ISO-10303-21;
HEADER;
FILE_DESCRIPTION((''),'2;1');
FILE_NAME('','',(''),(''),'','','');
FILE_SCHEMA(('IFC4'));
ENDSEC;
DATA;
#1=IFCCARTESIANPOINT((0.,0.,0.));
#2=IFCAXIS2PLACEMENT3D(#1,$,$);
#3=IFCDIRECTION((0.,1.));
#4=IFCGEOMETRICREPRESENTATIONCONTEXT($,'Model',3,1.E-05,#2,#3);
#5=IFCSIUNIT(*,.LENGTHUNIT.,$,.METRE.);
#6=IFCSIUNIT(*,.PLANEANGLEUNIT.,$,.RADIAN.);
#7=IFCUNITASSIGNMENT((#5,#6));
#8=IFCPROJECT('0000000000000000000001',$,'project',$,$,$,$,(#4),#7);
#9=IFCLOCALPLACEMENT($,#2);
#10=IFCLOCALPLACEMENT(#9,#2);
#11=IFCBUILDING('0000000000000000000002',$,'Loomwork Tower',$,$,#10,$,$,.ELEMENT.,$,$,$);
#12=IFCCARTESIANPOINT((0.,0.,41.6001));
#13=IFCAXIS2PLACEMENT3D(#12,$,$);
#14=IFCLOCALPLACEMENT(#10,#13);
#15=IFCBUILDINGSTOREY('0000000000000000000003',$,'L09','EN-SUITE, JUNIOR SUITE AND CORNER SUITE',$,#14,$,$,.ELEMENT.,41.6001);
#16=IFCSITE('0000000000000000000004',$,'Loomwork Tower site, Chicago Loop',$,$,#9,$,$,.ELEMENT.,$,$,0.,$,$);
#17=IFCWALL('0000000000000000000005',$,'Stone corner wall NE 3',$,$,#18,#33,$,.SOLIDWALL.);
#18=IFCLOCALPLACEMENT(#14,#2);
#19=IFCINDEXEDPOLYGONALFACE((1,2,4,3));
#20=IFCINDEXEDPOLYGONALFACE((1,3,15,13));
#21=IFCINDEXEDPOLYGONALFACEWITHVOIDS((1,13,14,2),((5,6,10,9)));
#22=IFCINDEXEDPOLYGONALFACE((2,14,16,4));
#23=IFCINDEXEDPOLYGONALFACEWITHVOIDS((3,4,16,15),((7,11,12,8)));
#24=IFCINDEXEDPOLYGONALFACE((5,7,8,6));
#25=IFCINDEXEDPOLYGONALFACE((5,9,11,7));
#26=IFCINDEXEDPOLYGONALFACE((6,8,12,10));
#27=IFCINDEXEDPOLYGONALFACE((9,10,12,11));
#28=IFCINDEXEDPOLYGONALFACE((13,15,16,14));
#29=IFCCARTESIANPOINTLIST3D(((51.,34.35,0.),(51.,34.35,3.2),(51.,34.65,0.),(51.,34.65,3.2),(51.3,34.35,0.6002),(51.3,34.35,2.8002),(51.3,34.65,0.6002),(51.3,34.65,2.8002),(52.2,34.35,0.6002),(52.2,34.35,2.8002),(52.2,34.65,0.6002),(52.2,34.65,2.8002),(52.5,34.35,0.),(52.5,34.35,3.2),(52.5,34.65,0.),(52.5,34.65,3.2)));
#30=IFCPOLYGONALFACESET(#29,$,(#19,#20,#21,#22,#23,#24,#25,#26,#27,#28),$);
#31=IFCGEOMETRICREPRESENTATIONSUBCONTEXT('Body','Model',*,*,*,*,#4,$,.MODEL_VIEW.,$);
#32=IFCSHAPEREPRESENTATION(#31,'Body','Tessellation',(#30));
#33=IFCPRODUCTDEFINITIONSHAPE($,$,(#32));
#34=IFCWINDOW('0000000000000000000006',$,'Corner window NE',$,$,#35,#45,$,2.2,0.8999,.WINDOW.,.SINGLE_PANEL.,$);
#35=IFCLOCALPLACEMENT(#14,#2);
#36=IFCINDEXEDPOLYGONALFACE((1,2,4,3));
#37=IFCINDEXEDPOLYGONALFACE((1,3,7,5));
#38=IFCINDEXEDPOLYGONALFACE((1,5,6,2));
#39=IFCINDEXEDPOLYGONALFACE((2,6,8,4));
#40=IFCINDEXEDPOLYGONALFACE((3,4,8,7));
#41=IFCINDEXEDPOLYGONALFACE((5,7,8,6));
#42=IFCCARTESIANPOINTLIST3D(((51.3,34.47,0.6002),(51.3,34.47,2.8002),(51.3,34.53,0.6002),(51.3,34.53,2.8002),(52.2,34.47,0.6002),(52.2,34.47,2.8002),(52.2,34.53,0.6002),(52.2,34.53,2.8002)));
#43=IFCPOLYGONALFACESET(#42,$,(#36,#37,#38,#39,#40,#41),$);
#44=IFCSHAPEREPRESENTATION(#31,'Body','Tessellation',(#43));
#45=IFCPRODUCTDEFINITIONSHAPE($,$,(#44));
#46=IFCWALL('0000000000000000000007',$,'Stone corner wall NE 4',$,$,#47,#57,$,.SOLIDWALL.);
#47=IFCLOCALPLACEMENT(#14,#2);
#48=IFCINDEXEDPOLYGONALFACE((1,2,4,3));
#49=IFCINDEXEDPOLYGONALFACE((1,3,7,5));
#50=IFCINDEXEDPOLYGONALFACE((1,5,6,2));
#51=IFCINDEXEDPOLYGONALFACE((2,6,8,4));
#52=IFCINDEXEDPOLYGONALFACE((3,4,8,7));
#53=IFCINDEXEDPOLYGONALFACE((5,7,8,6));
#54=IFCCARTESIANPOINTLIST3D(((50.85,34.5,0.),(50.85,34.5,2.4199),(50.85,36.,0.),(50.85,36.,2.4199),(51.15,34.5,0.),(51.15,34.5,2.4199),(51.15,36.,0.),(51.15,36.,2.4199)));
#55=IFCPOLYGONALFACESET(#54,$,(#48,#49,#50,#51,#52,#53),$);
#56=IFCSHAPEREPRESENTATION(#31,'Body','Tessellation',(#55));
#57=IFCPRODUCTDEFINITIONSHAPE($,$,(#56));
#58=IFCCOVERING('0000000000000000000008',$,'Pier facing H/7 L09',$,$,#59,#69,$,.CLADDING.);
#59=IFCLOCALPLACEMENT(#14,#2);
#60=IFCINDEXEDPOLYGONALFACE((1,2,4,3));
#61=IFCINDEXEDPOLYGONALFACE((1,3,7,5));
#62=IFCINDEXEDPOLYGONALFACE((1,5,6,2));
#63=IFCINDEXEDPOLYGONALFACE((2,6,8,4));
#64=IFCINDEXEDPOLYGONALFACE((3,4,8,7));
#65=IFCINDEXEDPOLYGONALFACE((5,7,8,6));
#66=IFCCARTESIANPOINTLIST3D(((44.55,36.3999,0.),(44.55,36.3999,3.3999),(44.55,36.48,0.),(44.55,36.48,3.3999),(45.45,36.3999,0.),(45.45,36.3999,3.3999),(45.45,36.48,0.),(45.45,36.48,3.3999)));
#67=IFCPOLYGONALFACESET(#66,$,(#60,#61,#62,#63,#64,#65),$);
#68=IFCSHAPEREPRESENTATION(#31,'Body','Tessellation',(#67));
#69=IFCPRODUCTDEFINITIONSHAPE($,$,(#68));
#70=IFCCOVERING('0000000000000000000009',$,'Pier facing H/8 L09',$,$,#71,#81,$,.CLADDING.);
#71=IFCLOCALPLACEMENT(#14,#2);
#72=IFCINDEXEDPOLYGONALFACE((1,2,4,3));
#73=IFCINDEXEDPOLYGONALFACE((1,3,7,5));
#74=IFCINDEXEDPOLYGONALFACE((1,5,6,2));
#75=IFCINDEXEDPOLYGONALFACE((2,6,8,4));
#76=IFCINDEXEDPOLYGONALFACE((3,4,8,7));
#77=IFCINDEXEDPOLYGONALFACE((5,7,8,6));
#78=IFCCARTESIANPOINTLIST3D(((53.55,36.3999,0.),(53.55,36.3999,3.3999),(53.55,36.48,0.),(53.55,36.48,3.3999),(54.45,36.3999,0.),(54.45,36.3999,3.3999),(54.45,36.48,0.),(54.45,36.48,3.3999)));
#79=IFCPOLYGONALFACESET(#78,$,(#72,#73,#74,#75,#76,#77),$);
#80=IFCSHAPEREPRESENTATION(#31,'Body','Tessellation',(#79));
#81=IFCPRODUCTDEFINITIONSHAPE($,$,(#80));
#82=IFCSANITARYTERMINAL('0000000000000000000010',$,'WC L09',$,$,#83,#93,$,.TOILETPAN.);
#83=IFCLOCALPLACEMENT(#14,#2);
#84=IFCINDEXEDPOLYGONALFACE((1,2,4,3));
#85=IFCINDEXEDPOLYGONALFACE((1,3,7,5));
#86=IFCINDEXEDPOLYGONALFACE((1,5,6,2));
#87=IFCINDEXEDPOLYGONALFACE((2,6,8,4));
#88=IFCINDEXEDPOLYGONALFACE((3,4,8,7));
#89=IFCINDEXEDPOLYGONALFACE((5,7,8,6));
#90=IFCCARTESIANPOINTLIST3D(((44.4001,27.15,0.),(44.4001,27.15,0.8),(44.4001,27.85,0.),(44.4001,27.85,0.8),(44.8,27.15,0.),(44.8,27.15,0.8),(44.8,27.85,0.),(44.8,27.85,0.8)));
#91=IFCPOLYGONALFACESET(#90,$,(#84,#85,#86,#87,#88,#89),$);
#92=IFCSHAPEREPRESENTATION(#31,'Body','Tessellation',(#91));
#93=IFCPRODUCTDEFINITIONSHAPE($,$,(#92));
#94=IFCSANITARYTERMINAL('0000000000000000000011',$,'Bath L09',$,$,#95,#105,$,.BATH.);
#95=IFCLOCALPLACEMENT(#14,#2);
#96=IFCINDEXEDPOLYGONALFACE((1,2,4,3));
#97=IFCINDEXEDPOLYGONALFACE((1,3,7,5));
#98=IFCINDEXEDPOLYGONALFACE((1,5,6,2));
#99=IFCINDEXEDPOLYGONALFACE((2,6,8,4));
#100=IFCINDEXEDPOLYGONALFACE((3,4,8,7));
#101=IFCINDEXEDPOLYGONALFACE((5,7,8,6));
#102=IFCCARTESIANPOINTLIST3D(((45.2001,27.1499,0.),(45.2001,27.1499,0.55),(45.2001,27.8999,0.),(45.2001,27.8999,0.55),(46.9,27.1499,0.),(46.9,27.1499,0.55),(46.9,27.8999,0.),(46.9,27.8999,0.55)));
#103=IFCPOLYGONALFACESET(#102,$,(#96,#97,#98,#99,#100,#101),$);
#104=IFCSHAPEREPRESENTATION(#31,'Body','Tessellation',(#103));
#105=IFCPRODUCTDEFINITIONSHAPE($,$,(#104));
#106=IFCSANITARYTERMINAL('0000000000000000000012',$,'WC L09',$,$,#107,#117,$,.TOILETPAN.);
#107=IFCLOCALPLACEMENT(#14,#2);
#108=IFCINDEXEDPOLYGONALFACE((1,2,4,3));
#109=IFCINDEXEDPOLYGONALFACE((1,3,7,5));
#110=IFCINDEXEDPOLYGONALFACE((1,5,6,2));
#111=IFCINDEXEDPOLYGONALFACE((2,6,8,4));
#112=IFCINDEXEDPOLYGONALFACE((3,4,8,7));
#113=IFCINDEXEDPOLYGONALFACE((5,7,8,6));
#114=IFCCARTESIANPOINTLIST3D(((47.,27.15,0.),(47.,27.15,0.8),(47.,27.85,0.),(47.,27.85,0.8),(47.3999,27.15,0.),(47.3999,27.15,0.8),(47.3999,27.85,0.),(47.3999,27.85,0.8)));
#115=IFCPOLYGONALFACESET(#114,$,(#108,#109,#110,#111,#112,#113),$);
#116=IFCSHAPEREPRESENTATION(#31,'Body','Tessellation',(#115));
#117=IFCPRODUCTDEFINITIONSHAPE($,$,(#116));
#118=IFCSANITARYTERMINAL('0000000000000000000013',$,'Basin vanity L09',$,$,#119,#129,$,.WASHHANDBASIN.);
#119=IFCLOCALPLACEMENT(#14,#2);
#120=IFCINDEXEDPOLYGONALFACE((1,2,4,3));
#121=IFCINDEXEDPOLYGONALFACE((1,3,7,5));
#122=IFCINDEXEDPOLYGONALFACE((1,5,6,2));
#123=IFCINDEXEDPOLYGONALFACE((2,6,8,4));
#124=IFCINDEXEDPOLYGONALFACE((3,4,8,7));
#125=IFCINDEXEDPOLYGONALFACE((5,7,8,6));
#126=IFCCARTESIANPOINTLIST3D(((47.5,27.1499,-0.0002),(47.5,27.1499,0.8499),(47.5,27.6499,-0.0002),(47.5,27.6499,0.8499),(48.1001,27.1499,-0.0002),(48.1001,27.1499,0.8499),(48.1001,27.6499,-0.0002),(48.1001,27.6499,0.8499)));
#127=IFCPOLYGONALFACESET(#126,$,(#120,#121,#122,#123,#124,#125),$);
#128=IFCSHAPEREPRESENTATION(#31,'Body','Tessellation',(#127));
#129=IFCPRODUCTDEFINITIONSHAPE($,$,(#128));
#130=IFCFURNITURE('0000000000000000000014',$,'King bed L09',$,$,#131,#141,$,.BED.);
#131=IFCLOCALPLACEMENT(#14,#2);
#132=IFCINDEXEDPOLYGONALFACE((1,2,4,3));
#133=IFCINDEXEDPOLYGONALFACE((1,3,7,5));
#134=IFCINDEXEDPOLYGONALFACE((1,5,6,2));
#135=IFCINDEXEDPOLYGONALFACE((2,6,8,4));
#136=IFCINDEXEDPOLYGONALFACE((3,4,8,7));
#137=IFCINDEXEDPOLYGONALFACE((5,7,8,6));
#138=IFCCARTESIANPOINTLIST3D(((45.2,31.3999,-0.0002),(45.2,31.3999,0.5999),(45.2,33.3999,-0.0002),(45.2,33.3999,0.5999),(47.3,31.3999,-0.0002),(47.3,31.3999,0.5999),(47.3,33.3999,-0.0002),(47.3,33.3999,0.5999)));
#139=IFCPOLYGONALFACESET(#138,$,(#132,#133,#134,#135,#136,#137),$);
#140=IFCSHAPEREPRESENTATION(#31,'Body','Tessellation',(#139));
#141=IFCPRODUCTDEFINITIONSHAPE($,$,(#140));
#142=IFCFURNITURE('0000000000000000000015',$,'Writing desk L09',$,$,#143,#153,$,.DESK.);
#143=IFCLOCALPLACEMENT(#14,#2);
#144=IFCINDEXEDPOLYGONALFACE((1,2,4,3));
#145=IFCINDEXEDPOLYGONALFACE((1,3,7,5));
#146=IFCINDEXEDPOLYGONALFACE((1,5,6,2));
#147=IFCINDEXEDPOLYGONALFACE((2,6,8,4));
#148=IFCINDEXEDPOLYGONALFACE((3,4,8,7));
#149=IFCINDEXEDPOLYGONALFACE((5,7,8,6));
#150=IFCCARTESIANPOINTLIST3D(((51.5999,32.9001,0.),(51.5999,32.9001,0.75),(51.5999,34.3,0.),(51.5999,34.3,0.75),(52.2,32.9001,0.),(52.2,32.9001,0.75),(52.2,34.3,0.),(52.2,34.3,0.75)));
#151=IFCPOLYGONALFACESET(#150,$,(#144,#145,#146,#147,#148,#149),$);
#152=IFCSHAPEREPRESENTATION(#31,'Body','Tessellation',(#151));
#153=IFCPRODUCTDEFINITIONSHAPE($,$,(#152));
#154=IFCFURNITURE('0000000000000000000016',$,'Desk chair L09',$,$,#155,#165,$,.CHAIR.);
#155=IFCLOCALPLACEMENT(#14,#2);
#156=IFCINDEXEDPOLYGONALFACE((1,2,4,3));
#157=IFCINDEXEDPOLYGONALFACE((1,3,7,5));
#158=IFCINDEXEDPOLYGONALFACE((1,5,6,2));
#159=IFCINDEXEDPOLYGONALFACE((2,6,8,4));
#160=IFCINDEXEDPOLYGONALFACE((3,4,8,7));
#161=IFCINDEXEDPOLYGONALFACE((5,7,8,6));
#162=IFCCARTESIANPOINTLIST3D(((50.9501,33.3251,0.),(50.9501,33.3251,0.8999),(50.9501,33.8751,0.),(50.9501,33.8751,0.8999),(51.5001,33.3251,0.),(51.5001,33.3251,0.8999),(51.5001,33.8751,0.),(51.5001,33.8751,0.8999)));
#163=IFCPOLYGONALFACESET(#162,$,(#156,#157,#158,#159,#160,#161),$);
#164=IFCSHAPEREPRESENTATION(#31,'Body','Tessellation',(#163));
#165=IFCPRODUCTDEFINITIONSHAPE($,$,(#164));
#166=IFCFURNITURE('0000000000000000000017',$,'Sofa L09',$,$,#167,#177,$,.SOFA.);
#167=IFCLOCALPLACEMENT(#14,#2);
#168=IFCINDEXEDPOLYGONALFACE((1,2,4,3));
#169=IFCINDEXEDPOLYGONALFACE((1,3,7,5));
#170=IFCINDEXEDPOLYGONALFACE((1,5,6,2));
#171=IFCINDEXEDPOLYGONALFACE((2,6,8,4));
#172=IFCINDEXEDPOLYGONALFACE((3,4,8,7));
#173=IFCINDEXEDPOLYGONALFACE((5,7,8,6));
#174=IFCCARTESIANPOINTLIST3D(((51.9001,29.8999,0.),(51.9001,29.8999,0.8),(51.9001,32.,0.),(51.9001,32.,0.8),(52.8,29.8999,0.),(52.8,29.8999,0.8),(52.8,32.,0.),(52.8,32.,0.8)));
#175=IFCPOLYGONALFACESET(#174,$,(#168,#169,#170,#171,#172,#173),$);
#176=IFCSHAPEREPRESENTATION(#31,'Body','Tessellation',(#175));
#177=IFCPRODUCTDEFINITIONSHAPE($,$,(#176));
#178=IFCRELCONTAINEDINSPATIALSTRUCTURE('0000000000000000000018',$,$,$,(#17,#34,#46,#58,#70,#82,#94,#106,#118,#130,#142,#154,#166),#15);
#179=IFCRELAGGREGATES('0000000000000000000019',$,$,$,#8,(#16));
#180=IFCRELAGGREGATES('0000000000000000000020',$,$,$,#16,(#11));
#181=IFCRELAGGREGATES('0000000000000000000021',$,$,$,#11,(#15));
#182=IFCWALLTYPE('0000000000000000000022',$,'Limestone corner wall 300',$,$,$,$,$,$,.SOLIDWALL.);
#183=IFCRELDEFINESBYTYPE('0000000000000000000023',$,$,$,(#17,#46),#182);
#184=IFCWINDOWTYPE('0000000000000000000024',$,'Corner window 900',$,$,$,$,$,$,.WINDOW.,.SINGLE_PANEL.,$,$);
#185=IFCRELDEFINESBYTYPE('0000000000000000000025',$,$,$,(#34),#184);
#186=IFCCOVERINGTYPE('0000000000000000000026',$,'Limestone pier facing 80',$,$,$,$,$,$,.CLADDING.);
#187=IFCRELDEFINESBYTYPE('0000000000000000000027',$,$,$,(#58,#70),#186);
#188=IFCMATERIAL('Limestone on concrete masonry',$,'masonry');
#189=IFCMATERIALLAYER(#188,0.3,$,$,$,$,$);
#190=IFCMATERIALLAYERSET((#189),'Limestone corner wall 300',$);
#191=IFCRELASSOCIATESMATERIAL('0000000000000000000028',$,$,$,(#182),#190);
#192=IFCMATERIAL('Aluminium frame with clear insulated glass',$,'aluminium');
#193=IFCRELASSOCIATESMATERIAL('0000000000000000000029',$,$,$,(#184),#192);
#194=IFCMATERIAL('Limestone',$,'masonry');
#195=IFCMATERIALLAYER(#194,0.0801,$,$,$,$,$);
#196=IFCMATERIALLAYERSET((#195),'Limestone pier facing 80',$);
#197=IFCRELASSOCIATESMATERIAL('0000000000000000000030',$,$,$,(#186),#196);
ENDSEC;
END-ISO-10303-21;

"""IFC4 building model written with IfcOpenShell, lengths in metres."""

from ifc_helpers import new_model, si_unit, direction, frame, frame_2d, origin, origin_2d, place, context, subcontext, project, spatial, rectangle, extrude, material, layer, layer_set, type_object, element, fill, save


model = new_model("IFC4")

# Units and contexts
model_context = context("Model", 3, precision=1e-05, world=origin(), true_north=direction((0.0, 1.0)))
body_context = subcontext(model_context, "Body", "Model", "MODEL_VIEW")
ifc_project = project(units=[si_unit("LENGTHUNIT", "METRE"), si_unit("PLANEANGLEUNIT", "RADIAN")], contexts=[model_context])

# Site, building, storey
site_placement = place(None, origin())
site = spatial("IfcSite", under=ifc_project, at=site_placement, Name="Loomwork Tower site, Chicago Loop", CompositionType="ELEMENT", RefElevation=0.0)
building_placement = place(site_placement, origin())
building = spatial("IfcBuilding", under=site, at=building_placement, Name="Loomwork Tower", CompositionType="ELEMENT")
storey_placement = place(building_placement, frame((0.0, 0.0, 41.6001)))
storey = spatial("IfcBuildingStorey", under=building, at=storey_placement, Name="L09", Description="EN-SUITE, JUNIOR SUITE AND CORNER SUITE", CompositionType="ELEMENT", Elevation=41.6001)

# Shared definitions
ifc_material_1 = material(Name="Limestone on concrete masonry", Category="masonry")
ifc_layer_1 = layer(ifc_material_1, 0.3)
ifc_layer_set_1 = layer_set([ifc_layer_1], Name="Limestone corner wall 300")
wall_type_1 = type_object("IfcWallType", Name="Limestone corner wall 300", PredefinedType="SOLIDWALL", material=ifc_layer_set_1)

# Wall, opening, window
ifc_material_2 = material(Name="Aluminium frame with clear insulated glass", Category="aluminium")
window_type_1 = type_object("IfcWindowType", Name="Corner window 900", PartitioningType="SINGLE_PANEL", PredefinedType="WINDOW", material=ifc_material_2)
wall_1_placement = place(storey_placement, frame((52.5, 34.5, 0.0), z_axis=(0.0, 0.0, 1.0), x_axis=(-1.0, 0.0, 0.0)))
wall_1 = element("IfcWall", 1, at=wall_1_placement, inside=storey, type_object=wall_type_1, Name="Stone corner wall NE 3", PredefinedType="SOLIDWALL", context=body_context, shape_type="SweptSolid", body=[
    extrude(rectangle(XDim=1.5, YDim=0.3, at=frame_2d((0.75, 0.0))), origin(), (0.0, 0.0, 1.0), 3.2),
])
opening_1_placement = place(wall_1_placement, frame((0.3, 0.0, 0.6001)))
opening_1 = element("IfcOpeningElement", 2, at=opening_1_placement, cuts=wall_1, PredefinedType="OPENING", context=body_context, shape_type="SweptSolid", body=[
    extrude(rectangle(XDim=0.8999, YDim=2.2, at=frame_2d((0.45, 1.1001))), frame((0.0, 0.1599, 0.0), z_axis=(0.0, -1.0, 0.0), x_axis=(1.0, 0.0, 0.0)), (0.0, 0.0, 1.0), 0.3201),
])
window_1_placement = place(opening_1_placement, origin())
window_1 = element("IfcWindow", 3, at=window_1_placement, inside=storey, type_object=window_type_1, Name="Corner window NE", OverallHeight=2.2, OverallWidth=0.8999, PartitioningType="SINGLE_PANEL", PredefinedType="WINDOW", context=body_context, shape_type="SweptSolid", body=[
    extrude(rectangle(XDim=0.8999, YDim=2.2, at=frame_2d((0.45, 1.1001))), frame((0.0, 0.03, 0.0), z_axis=(0.0, -1.0, 0.0), x_axis=(1.0, 0.0, 0.0)), (0.0, 0.0, 1.0), 0.0601),
])
fill(opening_1, window_1)

# Wall
wall_2_placement = place(storey_placement, frame((51.0, 34.5, 0.0), z_axis=(0.0, 0.0, 1.0), x_axis=(0.0, 1.0, 0.0)))
element("IfcWall", 4, at=wall_2_placement, inside=storey, type_object=wall_type_1, Name="Stone corner wall NE 4", PredefinedType="SOLIDWALL", context=body_context, shape_type="SweptSolid", body=[
    extrude(rectangle(XDim=1.5, YDim=0.3, at=frame_2d((0.75, 0.0))), origin(), (0.0, 0.0, 1.0), 2.4199),
])

# Coverings
ifc_material_3 = material(Name="Limestone", Category="masonry")
ifc_layer_2 = layer(ifc_material_3, 0.0801)
ifc_layer_set_2 = layer_set([ifc_layer_2], Name="Limestone pier facing 80")
covering_type = type_object("IfcCoveringType", Name="Limestone pier facing 80", PredefinedType="CLADDING", material=ifc_layer_set_2)
for number, where, z_axis, x_axis, name in (
    (5, (45.0, 36.4399, 0.0), (0.0, 0.0, 1.0), (1.0, 0.0, 0.0), "Pier facing H/7 L09"),
    (6, (54.0, 36.4399, 0.0), (0.0, 0.0, 1.0), (1.0, 0.0, 0.0), "Pier facing H/8 L09"),
):
    element("IfcCovering", number, at=place(storey_placement, frame(where, z_axis=z_axis, x_axis=x_axis)), inside=storey, type_object=covering_type, Name=name, PredefinedType="CLADDING", context=body_context, shape_type="SweptSolid", body=[
        extrude(rectangle(XDim=0.8999, YDim=0.0801, at=origin_2d()), origin(), (0.0, 0.0, 1.0), 3.3999),
    ])

# Sanitary terminals
sanitary_terminal_1_placement = place(storey_placement, frame((44.6001, 27.5, 0.0), z_axis=(0.0, 0.0, 1.0), x_axis=(1.0, 0.0, 0.0)))
element("IfcSanitaryTerminal", 7, at=sanitary_terminal_1_placement, inside=storey, Name="WC L09", PredefinedType="TOILETPAN", context=body_context, shape_type="SweptSolid", body=[
    extrude(rectangle(XDim=0.3999, YDim=0.7, at=origin_2d()), origin(), (0.0, 0.0, 1.0), 0.8),
])
sanitary_terminal_2_placement = place(storey_placement, frame((46.05, 27.5249, 0.0), z_axis=(0.0, 0.0, 1.0), x_axis=(1.0, 0.0, 0.0)))
element("IfcSanitaryTerminal", 8, at=sanitary_terminal_2_placement, inside=storey, Name="Bath L09", PredefinedType="BATH", context=body_context, shape_type="SweptSolid", body=[
    extrude(rectangle(XDim=1.7, YDim=0.75, at=origin_2d()), origin(), (0.0, 0.0, 1.0), 0.55),
])
sanitary_terminal_3_placement = place(storey_placement, frame((47.2, 27.5, 0.0), z_axis=(0.0, 0.0, 1.0), x_axis=(1.0, 0.0, 0.0)))
element("IfcSanitaryTerminal", 9, at=sanitary_terminal_3_placement, inside=storey, Name="WC L09", PredefinedType="TOILETPAN", context=body_context, shape_type="SweptSolid", body=[
    extrude(rectangle(XDim=0.3999, YDim=0.7, at=origin_2d()), origin(), (0.0, 0.0, 1.0), 0.8),
])
sanitary_terminal_4_placement = place(storey_placement, frame((47.8, 27.3999, -0.0002), z_axis=(0.0, 0.0, 1.0), x_axis=(1.0, 0.0, 0.0)))
element("IfcSanitaryTerminal", 10, at=sanitary_terminal_4_placement, inside=storey, Name="Basin vanity L09", PredefinedType="WASHHANDBASIN", context=body_context, shape_type="SweptSolid", body=[
    extrude(rectangle(XDim=0.6001, YDim=0.5, at=origin_2d()), origin(), (0.0, 0.0, 1.0), 0.8501),
])

# Furniture
furniture_1_placement = place(storey_placement, frame((46.25, 32.3999, -0.0002), z_axis=(0.0, 0.0, 1.0), x_axis=(1.0, 0.0, 0.0)))
element("IfcFurniture", 11, at=furniture_1_placement, inside=storey, Name="King bed L09", PredefinedType="BED", context=body_context, shape_type="SweptSolid", body=[
    extrude(rectangle(XDim=2.1001, YDim=2.0, at=origin_2d()), origin(), (0.0, 0.0, 1.0), 0.6001),
])
furniture_2_placement = place(storey_placement, frame((51.8999, 33.6001, 0.0), z_axis=(0.0, 0.0, 1.0), x_axis=(1.0, 0.0, 0.0)))
element("IfcFurniture", 12, at=furniture_2_placement, inside=storey, Name="Writing desk L09", PredefinedType="DESK", context=body_context, shape_type="SweptSolid", body=[
    extrude(rectangle(XDim=0.6001, YDim=1.3999, at=origin_2d()), origin(), (0.0, 0.0, 1.0), 0.75),
])
furniture_3_placement = place(storey_placement, frame((51.2251, 33.6001, 0.0), z_axis=(0.0, 0.0, 1.0), x_axis=(1.0, 0.0, 0.0)))
element("IfcFurniture", 13, at=furniture_3_placement, inside=storey, Name="Desk chair L09", PredefinedType="CHAIR", context=body_context, shape_type="SweptSolid", body=[
    extrude(rectangle(XDim=0.55, YDim=0.55, at=origin_2d()), origin(), (0.0, 0.0, 1.0), 0.8999),
])
furniture_4_placement = place(storey_placement, frame((52.3501, 30.95, 0.0), z_axis=(0.0, 0.0, 1.0), x_axis=(1.0, 0.0, 0.0)))
element("IfcFurniture", 14, at=furniture_4_placement, inside=storey, Name="Sofa L09", PredefinedType="SOFA", context=body_context, shape_type="SweptSolid", body=[
    extrude(rectangle(XDim=0.8999, YDim=2.1001, at=origin_2d()), origin(), (0.0, 0.0, 1.0), 0.8),
])

save(model, "model.ifc")
